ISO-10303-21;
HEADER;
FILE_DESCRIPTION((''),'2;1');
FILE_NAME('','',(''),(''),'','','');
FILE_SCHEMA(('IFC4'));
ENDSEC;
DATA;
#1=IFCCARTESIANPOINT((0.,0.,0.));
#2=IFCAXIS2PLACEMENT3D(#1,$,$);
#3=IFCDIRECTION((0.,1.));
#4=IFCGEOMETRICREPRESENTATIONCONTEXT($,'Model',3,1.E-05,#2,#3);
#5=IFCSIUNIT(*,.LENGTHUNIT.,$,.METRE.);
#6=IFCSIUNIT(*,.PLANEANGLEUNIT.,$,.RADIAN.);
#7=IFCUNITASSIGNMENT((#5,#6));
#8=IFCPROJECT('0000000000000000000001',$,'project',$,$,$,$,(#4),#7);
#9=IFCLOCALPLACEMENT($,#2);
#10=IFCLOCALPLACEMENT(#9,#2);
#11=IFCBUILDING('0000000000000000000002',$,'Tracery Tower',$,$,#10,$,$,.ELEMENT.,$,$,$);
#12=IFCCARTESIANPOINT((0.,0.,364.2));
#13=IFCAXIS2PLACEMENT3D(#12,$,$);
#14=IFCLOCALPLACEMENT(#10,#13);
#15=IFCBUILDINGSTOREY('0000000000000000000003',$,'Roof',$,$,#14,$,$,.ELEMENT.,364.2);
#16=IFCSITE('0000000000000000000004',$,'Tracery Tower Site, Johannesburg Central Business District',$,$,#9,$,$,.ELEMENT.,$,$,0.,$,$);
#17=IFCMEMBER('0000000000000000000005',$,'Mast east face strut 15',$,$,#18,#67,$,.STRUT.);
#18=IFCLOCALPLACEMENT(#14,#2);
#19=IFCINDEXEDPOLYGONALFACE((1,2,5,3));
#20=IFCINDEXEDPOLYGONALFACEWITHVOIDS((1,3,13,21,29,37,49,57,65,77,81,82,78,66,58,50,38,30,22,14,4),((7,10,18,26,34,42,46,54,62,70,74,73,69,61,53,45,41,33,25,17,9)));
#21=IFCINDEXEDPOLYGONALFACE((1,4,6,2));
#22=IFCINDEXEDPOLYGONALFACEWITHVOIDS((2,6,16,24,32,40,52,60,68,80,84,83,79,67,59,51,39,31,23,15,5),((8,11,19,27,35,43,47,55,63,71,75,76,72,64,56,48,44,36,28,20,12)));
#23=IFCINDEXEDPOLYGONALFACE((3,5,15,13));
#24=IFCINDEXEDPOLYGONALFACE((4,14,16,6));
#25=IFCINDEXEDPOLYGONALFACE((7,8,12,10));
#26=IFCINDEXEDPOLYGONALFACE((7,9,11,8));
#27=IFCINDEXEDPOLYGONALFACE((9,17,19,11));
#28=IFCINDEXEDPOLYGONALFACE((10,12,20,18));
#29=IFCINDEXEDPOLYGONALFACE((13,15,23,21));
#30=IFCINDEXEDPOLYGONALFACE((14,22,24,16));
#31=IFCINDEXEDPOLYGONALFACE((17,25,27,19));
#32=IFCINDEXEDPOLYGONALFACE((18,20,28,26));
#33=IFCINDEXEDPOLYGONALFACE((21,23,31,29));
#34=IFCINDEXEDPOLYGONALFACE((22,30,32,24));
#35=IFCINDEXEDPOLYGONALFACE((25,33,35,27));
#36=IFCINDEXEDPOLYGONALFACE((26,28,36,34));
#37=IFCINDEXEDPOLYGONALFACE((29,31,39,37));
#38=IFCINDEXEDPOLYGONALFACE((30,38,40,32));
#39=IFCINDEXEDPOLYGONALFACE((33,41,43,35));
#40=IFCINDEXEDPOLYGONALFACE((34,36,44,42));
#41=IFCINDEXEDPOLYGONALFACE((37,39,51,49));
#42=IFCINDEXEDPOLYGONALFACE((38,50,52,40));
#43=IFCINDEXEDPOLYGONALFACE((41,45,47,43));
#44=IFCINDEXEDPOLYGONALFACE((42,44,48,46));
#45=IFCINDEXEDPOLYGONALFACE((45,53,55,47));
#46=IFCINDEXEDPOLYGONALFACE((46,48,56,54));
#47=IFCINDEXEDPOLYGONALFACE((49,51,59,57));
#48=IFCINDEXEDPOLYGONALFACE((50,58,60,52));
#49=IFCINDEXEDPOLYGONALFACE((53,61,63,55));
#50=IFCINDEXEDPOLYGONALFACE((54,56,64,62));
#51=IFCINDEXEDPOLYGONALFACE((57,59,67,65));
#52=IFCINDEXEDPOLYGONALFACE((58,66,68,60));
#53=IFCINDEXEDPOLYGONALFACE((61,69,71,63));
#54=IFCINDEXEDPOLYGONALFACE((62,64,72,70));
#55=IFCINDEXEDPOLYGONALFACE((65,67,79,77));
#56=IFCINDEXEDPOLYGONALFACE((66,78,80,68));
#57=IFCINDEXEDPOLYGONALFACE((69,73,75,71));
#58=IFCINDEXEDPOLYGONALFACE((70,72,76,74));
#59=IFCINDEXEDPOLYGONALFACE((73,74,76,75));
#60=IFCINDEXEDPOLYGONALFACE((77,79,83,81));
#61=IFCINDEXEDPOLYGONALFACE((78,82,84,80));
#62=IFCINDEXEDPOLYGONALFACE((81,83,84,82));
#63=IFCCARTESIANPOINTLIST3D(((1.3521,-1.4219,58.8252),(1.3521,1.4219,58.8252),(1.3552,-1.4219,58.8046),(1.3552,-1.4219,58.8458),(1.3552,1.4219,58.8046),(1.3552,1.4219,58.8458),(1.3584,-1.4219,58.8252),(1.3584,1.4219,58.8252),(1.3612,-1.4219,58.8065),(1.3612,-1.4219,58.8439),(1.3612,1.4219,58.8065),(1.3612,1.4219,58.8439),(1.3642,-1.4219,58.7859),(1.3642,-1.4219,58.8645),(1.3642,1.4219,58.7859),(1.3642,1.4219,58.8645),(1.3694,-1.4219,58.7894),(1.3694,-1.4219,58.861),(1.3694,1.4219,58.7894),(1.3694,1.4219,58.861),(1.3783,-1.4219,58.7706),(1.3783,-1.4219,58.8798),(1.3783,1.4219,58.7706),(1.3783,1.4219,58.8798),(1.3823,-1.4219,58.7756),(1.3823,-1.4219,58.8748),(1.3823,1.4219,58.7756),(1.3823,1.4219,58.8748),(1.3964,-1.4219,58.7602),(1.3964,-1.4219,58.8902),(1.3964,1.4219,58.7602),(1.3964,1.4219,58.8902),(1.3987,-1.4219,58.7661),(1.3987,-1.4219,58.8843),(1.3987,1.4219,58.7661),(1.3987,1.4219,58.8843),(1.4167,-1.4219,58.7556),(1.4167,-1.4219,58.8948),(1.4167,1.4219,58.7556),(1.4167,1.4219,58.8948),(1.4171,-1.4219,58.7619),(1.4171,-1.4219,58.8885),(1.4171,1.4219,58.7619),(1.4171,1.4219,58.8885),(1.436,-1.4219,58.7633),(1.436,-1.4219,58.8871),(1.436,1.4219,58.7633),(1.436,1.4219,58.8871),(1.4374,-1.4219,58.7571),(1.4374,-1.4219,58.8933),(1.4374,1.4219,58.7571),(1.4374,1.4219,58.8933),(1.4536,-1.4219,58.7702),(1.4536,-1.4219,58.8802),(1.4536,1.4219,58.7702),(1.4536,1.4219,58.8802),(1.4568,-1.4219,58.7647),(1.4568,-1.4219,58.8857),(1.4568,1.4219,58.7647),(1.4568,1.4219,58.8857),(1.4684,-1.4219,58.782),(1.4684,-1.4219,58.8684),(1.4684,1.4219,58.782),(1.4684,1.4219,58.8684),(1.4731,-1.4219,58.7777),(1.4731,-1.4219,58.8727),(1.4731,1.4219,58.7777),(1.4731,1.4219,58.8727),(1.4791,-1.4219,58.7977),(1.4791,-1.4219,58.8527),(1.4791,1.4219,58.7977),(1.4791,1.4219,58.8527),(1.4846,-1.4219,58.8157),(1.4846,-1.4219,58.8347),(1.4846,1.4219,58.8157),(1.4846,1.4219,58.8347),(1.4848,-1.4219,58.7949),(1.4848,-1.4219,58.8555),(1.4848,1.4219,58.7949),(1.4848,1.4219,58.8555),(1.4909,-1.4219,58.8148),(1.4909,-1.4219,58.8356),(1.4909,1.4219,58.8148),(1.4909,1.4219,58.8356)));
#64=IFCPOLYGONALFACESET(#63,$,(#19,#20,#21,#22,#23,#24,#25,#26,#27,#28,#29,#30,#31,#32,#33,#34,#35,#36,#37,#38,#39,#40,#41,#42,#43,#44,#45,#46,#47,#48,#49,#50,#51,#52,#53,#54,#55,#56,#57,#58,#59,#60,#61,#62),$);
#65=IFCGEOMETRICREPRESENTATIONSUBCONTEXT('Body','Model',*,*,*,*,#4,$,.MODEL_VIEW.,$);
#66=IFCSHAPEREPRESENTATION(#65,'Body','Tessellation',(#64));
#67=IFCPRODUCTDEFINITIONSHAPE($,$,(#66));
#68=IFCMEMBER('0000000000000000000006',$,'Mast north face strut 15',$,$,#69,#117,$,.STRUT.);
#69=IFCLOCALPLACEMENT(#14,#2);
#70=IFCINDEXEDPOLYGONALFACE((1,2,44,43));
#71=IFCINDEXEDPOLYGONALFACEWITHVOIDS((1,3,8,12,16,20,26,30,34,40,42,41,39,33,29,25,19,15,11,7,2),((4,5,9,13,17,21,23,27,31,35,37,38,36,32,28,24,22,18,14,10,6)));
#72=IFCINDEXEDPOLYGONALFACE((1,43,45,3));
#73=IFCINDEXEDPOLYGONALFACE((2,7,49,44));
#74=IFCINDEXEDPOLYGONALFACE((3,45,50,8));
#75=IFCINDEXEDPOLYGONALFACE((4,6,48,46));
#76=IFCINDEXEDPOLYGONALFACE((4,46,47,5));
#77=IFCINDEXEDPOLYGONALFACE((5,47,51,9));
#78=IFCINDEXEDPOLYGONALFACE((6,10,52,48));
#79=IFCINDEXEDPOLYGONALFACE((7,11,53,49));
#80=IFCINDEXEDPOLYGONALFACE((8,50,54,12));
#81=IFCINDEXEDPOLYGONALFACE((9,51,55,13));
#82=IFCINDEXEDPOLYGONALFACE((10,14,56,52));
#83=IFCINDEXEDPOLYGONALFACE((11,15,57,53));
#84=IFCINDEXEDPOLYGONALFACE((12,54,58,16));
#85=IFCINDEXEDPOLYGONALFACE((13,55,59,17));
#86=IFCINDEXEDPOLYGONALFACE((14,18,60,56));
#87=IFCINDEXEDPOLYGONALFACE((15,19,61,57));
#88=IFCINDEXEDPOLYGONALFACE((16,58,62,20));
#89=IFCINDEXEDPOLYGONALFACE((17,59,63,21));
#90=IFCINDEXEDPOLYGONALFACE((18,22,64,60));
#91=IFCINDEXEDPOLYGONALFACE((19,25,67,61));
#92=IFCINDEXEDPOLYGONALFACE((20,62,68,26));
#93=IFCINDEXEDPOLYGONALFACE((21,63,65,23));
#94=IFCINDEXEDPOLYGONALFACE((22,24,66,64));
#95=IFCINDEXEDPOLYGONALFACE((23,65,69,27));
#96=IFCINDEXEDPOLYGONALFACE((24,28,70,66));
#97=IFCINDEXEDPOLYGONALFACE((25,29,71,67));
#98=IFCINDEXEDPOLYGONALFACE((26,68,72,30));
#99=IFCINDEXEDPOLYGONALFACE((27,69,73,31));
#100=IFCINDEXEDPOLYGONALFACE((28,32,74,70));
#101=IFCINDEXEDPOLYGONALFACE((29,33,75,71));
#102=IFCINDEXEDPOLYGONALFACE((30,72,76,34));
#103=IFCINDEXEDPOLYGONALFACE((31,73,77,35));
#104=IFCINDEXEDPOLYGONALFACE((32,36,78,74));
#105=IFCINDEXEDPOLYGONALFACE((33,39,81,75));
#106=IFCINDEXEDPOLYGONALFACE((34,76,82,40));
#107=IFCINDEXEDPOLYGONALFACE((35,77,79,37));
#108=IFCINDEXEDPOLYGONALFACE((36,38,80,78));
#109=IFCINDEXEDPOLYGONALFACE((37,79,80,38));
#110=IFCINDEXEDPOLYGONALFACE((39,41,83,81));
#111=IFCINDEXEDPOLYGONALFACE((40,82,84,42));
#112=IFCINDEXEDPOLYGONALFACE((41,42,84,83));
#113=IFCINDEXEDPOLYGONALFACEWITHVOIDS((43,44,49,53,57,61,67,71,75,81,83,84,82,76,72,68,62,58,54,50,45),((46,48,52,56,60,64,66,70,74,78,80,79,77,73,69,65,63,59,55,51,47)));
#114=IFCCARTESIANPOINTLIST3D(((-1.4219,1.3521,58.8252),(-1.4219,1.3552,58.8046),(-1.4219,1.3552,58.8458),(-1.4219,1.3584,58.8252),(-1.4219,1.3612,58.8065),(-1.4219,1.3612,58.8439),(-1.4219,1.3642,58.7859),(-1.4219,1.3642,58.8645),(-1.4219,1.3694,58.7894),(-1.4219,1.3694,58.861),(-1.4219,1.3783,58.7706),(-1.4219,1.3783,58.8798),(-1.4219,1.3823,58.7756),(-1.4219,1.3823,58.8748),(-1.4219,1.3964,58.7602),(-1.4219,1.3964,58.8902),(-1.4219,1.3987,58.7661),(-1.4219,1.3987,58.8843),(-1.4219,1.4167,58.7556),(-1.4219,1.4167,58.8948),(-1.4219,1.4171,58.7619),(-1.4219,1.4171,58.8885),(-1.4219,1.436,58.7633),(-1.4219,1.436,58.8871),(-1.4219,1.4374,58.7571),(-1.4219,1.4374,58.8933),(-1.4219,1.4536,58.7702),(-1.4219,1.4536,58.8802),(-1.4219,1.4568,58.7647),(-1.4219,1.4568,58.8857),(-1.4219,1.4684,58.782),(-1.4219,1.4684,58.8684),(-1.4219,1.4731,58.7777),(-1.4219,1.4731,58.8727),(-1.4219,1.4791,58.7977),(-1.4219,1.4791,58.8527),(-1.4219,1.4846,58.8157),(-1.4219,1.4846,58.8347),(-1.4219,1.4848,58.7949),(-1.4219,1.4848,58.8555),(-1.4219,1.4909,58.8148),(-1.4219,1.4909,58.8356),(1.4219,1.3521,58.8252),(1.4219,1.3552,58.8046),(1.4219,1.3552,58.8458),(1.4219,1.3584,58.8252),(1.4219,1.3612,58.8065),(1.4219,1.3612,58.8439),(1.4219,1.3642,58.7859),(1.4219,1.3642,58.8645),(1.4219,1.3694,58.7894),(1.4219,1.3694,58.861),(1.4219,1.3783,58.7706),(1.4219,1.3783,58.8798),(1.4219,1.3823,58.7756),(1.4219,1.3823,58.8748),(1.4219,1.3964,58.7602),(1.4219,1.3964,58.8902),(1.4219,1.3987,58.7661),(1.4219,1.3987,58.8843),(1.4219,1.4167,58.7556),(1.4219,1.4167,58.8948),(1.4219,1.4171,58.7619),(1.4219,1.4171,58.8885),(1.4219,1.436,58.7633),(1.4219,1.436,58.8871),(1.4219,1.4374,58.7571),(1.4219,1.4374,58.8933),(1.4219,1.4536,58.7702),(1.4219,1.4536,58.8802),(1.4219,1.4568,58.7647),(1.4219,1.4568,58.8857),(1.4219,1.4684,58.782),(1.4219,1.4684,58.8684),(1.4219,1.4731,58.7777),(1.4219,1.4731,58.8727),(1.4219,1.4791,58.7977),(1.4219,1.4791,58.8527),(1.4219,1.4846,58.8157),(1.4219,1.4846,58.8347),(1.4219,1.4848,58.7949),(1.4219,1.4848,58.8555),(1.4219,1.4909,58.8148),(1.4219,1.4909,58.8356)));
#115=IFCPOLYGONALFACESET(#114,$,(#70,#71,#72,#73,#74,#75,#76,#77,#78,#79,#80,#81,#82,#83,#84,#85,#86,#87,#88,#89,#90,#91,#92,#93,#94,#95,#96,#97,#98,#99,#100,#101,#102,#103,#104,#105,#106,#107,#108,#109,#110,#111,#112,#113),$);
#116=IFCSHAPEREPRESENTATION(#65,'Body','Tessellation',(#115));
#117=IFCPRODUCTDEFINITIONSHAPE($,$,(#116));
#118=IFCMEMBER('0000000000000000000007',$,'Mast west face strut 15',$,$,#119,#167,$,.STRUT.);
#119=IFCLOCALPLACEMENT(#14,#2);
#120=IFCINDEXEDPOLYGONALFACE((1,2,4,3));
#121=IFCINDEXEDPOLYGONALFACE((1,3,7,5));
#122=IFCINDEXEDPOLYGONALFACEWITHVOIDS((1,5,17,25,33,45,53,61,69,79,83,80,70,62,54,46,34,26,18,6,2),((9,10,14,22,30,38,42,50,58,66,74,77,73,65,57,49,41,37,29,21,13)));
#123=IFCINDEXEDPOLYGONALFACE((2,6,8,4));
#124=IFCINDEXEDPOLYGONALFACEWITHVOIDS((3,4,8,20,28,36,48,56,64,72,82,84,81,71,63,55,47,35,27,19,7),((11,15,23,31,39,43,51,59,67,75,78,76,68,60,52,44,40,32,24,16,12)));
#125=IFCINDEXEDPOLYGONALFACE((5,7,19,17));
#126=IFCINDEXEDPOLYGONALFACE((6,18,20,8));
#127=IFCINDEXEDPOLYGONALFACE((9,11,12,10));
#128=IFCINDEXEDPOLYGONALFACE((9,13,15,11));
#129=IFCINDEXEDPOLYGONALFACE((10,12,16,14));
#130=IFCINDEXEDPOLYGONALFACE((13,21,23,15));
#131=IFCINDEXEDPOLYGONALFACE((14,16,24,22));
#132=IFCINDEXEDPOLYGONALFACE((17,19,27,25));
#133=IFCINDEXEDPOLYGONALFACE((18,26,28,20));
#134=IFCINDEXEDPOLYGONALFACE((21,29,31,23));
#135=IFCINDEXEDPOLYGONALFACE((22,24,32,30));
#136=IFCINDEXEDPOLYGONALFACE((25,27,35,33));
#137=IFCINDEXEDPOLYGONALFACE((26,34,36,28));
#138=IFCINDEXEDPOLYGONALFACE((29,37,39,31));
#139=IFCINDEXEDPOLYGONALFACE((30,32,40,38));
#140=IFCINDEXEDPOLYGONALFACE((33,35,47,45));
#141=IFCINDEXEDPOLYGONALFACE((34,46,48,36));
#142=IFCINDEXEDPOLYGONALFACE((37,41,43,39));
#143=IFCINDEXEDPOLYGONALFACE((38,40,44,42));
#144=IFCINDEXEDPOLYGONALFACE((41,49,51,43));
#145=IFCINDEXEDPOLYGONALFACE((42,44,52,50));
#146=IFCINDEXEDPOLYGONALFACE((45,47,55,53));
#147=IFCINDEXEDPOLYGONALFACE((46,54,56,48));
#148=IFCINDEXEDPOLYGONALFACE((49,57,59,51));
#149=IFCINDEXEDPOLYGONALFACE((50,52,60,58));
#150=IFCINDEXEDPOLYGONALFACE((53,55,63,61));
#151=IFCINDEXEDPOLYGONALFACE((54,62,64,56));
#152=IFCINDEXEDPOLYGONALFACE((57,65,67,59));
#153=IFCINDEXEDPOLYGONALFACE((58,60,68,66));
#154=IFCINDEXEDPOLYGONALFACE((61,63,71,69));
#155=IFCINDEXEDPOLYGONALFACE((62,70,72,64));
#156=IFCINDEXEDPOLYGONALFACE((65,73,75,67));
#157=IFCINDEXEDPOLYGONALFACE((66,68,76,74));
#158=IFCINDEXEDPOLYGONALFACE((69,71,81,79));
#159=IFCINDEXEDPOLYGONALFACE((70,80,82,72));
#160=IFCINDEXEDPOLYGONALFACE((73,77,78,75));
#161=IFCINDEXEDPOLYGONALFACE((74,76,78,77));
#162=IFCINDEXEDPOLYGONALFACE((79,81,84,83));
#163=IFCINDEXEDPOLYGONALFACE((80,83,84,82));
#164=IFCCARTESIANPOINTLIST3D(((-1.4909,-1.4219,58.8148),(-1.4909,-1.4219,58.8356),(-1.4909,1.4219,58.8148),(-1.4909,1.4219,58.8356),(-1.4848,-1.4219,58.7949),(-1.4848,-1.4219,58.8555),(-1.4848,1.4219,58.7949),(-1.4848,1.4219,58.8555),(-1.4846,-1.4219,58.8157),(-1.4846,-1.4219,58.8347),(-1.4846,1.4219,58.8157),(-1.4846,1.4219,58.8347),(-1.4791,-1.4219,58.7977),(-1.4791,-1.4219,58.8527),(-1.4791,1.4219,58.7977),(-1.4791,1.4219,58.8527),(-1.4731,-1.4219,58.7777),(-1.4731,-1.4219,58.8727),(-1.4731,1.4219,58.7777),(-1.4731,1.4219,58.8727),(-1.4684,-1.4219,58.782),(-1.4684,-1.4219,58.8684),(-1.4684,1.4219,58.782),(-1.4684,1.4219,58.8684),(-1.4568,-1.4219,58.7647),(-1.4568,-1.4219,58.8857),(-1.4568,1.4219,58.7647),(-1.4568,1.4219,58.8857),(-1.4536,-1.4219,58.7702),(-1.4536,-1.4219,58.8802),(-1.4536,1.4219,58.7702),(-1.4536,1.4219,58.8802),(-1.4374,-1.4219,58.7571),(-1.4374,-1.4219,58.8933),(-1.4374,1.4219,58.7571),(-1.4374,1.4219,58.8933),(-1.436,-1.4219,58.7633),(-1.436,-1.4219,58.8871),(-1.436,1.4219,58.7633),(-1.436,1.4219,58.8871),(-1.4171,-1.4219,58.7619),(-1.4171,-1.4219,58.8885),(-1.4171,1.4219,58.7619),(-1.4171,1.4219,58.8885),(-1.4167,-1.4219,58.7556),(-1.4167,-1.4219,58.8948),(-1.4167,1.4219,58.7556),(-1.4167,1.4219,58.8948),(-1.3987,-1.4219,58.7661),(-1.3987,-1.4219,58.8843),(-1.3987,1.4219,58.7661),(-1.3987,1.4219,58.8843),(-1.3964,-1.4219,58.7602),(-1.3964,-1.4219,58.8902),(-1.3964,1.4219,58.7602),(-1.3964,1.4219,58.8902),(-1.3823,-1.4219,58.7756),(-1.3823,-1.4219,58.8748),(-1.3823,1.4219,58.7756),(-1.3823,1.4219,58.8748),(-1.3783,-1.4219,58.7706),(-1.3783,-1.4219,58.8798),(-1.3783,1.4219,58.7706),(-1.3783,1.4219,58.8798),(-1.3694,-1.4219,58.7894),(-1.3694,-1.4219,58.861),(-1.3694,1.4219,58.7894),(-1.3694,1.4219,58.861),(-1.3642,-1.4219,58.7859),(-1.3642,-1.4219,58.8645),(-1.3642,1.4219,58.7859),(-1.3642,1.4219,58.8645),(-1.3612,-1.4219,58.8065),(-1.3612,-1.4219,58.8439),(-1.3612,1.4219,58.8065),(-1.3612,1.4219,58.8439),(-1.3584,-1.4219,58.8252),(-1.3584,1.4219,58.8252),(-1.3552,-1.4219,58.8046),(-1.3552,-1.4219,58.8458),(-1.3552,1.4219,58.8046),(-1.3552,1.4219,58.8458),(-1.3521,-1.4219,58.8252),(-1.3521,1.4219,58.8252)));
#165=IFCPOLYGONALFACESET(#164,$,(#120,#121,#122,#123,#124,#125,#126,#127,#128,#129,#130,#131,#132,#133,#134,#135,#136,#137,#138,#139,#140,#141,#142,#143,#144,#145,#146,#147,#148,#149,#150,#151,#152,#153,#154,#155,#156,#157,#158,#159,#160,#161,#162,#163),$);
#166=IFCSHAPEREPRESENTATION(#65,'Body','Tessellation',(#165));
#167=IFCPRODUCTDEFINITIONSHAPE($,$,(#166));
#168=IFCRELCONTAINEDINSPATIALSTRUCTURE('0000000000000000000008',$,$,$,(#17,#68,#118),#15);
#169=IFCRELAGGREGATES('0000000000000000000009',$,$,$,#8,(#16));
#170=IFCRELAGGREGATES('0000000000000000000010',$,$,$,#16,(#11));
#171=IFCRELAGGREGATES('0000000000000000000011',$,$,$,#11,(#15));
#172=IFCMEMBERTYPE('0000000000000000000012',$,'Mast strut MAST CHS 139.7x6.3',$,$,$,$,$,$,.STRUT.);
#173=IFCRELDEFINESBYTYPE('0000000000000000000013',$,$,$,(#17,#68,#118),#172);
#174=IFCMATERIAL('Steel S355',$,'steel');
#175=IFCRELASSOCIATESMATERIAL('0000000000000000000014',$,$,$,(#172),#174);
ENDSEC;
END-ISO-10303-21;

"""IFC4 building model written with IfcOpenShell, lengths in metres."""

from ifc_helpers import new_model, si_unit, direction, frame, origin, origin_2d, place, context, subcontext, project, spatial, hollow_circle, extrude, material, material_profile, profile_set, type_object, element, save


model = new_model("IFC4")

# Units and contexts
model_context = context("Model", 3, precision=1e-05, world=origin(), true_north=direction((0.0, 1.0)))
body_context = subcontext(model_context, "Body", "Model", "MODEL_VIEW")
ifc_project = project(units=[si_unit("LENGTHUNIT", "METRE"), si_unit("PLANEANGLEUNIT", "RADIAN")], contexts=[model_context])

# Site, building, storey
site_placement = place(None, origin())
site = spatial("IfcSite", under=ifc_project, at=site_placement, Name="Tracery Tower Site, Johannesburg Central Business District", CompositionType="ELEMENT", RefElevation=0.0)
building_placement = place(site_placement, origin())
building = spatial("IfcBuilding", under=site, at=building_placement, Name="Tracery Tower", CompositionType="ELEMENT")
storey_placement = place(building_placement, frame((0.0, 0.0, 364.2)))
storey = spatial("IfcBuildingStorey", under=building, at=storey_placement, Name="Roof", CompositionType="ELEMENT", Elevation=364.2)

# Members
ifc_material_1 = material(Name="Steel S355", Category="steel")
ifc_material_profile_1 = material_profile(ifc_material_1, hollow_circle(Radius=0.0698, WallThickness=0.0063, at=origin_2d()), Name="CHS 139.7x6.3")
ifc_profile_set_1 = profile_set([ifc_material_profile_1], Name="Steel S355")
member_type_1 = type_object("IfcMemberType", Name="Mast strut MAST CHS 139.7x6.3", PredefinedType="STRUT", material=ifc_profile_set_1)
for number, where, z_axis, x_axis, name in (
    (1, (1.4219, -1.4219, 58.8252), (0.0, 1.0, 0.0), (-1.0, 0.0, 0.0), "Mast east face strut 15"),
    (2, (1.4219, 1.4219, 58.8252), (-1.0, 0.0, 0.0), (0.0, -1.0, 0.0), "Mast north face strut 15"),
    (3, (-1.4219, 1.4219, 58.8252), (0.0, -1.0, 0.0), (1.0, 0.0, 0.0), "Mast west face strut 15"),
):
    element("IfcMember", number, at=place(storey_placement, frame(where, z_axis=z_axis, x_axis=x_axis)), inside=storey, type_object=member_type_1, Name=name, PredefinedType="STRUT", context=body_context, shape_type="SweptSolid", body=[
        extrude(hollow_circle(Radius=0.0698, WallThickness=0.0063, at=origin_2d()), origin(), (0.0, 0.0, 1.0), 2.8438),
    ])

save(model, "model.ifc")
